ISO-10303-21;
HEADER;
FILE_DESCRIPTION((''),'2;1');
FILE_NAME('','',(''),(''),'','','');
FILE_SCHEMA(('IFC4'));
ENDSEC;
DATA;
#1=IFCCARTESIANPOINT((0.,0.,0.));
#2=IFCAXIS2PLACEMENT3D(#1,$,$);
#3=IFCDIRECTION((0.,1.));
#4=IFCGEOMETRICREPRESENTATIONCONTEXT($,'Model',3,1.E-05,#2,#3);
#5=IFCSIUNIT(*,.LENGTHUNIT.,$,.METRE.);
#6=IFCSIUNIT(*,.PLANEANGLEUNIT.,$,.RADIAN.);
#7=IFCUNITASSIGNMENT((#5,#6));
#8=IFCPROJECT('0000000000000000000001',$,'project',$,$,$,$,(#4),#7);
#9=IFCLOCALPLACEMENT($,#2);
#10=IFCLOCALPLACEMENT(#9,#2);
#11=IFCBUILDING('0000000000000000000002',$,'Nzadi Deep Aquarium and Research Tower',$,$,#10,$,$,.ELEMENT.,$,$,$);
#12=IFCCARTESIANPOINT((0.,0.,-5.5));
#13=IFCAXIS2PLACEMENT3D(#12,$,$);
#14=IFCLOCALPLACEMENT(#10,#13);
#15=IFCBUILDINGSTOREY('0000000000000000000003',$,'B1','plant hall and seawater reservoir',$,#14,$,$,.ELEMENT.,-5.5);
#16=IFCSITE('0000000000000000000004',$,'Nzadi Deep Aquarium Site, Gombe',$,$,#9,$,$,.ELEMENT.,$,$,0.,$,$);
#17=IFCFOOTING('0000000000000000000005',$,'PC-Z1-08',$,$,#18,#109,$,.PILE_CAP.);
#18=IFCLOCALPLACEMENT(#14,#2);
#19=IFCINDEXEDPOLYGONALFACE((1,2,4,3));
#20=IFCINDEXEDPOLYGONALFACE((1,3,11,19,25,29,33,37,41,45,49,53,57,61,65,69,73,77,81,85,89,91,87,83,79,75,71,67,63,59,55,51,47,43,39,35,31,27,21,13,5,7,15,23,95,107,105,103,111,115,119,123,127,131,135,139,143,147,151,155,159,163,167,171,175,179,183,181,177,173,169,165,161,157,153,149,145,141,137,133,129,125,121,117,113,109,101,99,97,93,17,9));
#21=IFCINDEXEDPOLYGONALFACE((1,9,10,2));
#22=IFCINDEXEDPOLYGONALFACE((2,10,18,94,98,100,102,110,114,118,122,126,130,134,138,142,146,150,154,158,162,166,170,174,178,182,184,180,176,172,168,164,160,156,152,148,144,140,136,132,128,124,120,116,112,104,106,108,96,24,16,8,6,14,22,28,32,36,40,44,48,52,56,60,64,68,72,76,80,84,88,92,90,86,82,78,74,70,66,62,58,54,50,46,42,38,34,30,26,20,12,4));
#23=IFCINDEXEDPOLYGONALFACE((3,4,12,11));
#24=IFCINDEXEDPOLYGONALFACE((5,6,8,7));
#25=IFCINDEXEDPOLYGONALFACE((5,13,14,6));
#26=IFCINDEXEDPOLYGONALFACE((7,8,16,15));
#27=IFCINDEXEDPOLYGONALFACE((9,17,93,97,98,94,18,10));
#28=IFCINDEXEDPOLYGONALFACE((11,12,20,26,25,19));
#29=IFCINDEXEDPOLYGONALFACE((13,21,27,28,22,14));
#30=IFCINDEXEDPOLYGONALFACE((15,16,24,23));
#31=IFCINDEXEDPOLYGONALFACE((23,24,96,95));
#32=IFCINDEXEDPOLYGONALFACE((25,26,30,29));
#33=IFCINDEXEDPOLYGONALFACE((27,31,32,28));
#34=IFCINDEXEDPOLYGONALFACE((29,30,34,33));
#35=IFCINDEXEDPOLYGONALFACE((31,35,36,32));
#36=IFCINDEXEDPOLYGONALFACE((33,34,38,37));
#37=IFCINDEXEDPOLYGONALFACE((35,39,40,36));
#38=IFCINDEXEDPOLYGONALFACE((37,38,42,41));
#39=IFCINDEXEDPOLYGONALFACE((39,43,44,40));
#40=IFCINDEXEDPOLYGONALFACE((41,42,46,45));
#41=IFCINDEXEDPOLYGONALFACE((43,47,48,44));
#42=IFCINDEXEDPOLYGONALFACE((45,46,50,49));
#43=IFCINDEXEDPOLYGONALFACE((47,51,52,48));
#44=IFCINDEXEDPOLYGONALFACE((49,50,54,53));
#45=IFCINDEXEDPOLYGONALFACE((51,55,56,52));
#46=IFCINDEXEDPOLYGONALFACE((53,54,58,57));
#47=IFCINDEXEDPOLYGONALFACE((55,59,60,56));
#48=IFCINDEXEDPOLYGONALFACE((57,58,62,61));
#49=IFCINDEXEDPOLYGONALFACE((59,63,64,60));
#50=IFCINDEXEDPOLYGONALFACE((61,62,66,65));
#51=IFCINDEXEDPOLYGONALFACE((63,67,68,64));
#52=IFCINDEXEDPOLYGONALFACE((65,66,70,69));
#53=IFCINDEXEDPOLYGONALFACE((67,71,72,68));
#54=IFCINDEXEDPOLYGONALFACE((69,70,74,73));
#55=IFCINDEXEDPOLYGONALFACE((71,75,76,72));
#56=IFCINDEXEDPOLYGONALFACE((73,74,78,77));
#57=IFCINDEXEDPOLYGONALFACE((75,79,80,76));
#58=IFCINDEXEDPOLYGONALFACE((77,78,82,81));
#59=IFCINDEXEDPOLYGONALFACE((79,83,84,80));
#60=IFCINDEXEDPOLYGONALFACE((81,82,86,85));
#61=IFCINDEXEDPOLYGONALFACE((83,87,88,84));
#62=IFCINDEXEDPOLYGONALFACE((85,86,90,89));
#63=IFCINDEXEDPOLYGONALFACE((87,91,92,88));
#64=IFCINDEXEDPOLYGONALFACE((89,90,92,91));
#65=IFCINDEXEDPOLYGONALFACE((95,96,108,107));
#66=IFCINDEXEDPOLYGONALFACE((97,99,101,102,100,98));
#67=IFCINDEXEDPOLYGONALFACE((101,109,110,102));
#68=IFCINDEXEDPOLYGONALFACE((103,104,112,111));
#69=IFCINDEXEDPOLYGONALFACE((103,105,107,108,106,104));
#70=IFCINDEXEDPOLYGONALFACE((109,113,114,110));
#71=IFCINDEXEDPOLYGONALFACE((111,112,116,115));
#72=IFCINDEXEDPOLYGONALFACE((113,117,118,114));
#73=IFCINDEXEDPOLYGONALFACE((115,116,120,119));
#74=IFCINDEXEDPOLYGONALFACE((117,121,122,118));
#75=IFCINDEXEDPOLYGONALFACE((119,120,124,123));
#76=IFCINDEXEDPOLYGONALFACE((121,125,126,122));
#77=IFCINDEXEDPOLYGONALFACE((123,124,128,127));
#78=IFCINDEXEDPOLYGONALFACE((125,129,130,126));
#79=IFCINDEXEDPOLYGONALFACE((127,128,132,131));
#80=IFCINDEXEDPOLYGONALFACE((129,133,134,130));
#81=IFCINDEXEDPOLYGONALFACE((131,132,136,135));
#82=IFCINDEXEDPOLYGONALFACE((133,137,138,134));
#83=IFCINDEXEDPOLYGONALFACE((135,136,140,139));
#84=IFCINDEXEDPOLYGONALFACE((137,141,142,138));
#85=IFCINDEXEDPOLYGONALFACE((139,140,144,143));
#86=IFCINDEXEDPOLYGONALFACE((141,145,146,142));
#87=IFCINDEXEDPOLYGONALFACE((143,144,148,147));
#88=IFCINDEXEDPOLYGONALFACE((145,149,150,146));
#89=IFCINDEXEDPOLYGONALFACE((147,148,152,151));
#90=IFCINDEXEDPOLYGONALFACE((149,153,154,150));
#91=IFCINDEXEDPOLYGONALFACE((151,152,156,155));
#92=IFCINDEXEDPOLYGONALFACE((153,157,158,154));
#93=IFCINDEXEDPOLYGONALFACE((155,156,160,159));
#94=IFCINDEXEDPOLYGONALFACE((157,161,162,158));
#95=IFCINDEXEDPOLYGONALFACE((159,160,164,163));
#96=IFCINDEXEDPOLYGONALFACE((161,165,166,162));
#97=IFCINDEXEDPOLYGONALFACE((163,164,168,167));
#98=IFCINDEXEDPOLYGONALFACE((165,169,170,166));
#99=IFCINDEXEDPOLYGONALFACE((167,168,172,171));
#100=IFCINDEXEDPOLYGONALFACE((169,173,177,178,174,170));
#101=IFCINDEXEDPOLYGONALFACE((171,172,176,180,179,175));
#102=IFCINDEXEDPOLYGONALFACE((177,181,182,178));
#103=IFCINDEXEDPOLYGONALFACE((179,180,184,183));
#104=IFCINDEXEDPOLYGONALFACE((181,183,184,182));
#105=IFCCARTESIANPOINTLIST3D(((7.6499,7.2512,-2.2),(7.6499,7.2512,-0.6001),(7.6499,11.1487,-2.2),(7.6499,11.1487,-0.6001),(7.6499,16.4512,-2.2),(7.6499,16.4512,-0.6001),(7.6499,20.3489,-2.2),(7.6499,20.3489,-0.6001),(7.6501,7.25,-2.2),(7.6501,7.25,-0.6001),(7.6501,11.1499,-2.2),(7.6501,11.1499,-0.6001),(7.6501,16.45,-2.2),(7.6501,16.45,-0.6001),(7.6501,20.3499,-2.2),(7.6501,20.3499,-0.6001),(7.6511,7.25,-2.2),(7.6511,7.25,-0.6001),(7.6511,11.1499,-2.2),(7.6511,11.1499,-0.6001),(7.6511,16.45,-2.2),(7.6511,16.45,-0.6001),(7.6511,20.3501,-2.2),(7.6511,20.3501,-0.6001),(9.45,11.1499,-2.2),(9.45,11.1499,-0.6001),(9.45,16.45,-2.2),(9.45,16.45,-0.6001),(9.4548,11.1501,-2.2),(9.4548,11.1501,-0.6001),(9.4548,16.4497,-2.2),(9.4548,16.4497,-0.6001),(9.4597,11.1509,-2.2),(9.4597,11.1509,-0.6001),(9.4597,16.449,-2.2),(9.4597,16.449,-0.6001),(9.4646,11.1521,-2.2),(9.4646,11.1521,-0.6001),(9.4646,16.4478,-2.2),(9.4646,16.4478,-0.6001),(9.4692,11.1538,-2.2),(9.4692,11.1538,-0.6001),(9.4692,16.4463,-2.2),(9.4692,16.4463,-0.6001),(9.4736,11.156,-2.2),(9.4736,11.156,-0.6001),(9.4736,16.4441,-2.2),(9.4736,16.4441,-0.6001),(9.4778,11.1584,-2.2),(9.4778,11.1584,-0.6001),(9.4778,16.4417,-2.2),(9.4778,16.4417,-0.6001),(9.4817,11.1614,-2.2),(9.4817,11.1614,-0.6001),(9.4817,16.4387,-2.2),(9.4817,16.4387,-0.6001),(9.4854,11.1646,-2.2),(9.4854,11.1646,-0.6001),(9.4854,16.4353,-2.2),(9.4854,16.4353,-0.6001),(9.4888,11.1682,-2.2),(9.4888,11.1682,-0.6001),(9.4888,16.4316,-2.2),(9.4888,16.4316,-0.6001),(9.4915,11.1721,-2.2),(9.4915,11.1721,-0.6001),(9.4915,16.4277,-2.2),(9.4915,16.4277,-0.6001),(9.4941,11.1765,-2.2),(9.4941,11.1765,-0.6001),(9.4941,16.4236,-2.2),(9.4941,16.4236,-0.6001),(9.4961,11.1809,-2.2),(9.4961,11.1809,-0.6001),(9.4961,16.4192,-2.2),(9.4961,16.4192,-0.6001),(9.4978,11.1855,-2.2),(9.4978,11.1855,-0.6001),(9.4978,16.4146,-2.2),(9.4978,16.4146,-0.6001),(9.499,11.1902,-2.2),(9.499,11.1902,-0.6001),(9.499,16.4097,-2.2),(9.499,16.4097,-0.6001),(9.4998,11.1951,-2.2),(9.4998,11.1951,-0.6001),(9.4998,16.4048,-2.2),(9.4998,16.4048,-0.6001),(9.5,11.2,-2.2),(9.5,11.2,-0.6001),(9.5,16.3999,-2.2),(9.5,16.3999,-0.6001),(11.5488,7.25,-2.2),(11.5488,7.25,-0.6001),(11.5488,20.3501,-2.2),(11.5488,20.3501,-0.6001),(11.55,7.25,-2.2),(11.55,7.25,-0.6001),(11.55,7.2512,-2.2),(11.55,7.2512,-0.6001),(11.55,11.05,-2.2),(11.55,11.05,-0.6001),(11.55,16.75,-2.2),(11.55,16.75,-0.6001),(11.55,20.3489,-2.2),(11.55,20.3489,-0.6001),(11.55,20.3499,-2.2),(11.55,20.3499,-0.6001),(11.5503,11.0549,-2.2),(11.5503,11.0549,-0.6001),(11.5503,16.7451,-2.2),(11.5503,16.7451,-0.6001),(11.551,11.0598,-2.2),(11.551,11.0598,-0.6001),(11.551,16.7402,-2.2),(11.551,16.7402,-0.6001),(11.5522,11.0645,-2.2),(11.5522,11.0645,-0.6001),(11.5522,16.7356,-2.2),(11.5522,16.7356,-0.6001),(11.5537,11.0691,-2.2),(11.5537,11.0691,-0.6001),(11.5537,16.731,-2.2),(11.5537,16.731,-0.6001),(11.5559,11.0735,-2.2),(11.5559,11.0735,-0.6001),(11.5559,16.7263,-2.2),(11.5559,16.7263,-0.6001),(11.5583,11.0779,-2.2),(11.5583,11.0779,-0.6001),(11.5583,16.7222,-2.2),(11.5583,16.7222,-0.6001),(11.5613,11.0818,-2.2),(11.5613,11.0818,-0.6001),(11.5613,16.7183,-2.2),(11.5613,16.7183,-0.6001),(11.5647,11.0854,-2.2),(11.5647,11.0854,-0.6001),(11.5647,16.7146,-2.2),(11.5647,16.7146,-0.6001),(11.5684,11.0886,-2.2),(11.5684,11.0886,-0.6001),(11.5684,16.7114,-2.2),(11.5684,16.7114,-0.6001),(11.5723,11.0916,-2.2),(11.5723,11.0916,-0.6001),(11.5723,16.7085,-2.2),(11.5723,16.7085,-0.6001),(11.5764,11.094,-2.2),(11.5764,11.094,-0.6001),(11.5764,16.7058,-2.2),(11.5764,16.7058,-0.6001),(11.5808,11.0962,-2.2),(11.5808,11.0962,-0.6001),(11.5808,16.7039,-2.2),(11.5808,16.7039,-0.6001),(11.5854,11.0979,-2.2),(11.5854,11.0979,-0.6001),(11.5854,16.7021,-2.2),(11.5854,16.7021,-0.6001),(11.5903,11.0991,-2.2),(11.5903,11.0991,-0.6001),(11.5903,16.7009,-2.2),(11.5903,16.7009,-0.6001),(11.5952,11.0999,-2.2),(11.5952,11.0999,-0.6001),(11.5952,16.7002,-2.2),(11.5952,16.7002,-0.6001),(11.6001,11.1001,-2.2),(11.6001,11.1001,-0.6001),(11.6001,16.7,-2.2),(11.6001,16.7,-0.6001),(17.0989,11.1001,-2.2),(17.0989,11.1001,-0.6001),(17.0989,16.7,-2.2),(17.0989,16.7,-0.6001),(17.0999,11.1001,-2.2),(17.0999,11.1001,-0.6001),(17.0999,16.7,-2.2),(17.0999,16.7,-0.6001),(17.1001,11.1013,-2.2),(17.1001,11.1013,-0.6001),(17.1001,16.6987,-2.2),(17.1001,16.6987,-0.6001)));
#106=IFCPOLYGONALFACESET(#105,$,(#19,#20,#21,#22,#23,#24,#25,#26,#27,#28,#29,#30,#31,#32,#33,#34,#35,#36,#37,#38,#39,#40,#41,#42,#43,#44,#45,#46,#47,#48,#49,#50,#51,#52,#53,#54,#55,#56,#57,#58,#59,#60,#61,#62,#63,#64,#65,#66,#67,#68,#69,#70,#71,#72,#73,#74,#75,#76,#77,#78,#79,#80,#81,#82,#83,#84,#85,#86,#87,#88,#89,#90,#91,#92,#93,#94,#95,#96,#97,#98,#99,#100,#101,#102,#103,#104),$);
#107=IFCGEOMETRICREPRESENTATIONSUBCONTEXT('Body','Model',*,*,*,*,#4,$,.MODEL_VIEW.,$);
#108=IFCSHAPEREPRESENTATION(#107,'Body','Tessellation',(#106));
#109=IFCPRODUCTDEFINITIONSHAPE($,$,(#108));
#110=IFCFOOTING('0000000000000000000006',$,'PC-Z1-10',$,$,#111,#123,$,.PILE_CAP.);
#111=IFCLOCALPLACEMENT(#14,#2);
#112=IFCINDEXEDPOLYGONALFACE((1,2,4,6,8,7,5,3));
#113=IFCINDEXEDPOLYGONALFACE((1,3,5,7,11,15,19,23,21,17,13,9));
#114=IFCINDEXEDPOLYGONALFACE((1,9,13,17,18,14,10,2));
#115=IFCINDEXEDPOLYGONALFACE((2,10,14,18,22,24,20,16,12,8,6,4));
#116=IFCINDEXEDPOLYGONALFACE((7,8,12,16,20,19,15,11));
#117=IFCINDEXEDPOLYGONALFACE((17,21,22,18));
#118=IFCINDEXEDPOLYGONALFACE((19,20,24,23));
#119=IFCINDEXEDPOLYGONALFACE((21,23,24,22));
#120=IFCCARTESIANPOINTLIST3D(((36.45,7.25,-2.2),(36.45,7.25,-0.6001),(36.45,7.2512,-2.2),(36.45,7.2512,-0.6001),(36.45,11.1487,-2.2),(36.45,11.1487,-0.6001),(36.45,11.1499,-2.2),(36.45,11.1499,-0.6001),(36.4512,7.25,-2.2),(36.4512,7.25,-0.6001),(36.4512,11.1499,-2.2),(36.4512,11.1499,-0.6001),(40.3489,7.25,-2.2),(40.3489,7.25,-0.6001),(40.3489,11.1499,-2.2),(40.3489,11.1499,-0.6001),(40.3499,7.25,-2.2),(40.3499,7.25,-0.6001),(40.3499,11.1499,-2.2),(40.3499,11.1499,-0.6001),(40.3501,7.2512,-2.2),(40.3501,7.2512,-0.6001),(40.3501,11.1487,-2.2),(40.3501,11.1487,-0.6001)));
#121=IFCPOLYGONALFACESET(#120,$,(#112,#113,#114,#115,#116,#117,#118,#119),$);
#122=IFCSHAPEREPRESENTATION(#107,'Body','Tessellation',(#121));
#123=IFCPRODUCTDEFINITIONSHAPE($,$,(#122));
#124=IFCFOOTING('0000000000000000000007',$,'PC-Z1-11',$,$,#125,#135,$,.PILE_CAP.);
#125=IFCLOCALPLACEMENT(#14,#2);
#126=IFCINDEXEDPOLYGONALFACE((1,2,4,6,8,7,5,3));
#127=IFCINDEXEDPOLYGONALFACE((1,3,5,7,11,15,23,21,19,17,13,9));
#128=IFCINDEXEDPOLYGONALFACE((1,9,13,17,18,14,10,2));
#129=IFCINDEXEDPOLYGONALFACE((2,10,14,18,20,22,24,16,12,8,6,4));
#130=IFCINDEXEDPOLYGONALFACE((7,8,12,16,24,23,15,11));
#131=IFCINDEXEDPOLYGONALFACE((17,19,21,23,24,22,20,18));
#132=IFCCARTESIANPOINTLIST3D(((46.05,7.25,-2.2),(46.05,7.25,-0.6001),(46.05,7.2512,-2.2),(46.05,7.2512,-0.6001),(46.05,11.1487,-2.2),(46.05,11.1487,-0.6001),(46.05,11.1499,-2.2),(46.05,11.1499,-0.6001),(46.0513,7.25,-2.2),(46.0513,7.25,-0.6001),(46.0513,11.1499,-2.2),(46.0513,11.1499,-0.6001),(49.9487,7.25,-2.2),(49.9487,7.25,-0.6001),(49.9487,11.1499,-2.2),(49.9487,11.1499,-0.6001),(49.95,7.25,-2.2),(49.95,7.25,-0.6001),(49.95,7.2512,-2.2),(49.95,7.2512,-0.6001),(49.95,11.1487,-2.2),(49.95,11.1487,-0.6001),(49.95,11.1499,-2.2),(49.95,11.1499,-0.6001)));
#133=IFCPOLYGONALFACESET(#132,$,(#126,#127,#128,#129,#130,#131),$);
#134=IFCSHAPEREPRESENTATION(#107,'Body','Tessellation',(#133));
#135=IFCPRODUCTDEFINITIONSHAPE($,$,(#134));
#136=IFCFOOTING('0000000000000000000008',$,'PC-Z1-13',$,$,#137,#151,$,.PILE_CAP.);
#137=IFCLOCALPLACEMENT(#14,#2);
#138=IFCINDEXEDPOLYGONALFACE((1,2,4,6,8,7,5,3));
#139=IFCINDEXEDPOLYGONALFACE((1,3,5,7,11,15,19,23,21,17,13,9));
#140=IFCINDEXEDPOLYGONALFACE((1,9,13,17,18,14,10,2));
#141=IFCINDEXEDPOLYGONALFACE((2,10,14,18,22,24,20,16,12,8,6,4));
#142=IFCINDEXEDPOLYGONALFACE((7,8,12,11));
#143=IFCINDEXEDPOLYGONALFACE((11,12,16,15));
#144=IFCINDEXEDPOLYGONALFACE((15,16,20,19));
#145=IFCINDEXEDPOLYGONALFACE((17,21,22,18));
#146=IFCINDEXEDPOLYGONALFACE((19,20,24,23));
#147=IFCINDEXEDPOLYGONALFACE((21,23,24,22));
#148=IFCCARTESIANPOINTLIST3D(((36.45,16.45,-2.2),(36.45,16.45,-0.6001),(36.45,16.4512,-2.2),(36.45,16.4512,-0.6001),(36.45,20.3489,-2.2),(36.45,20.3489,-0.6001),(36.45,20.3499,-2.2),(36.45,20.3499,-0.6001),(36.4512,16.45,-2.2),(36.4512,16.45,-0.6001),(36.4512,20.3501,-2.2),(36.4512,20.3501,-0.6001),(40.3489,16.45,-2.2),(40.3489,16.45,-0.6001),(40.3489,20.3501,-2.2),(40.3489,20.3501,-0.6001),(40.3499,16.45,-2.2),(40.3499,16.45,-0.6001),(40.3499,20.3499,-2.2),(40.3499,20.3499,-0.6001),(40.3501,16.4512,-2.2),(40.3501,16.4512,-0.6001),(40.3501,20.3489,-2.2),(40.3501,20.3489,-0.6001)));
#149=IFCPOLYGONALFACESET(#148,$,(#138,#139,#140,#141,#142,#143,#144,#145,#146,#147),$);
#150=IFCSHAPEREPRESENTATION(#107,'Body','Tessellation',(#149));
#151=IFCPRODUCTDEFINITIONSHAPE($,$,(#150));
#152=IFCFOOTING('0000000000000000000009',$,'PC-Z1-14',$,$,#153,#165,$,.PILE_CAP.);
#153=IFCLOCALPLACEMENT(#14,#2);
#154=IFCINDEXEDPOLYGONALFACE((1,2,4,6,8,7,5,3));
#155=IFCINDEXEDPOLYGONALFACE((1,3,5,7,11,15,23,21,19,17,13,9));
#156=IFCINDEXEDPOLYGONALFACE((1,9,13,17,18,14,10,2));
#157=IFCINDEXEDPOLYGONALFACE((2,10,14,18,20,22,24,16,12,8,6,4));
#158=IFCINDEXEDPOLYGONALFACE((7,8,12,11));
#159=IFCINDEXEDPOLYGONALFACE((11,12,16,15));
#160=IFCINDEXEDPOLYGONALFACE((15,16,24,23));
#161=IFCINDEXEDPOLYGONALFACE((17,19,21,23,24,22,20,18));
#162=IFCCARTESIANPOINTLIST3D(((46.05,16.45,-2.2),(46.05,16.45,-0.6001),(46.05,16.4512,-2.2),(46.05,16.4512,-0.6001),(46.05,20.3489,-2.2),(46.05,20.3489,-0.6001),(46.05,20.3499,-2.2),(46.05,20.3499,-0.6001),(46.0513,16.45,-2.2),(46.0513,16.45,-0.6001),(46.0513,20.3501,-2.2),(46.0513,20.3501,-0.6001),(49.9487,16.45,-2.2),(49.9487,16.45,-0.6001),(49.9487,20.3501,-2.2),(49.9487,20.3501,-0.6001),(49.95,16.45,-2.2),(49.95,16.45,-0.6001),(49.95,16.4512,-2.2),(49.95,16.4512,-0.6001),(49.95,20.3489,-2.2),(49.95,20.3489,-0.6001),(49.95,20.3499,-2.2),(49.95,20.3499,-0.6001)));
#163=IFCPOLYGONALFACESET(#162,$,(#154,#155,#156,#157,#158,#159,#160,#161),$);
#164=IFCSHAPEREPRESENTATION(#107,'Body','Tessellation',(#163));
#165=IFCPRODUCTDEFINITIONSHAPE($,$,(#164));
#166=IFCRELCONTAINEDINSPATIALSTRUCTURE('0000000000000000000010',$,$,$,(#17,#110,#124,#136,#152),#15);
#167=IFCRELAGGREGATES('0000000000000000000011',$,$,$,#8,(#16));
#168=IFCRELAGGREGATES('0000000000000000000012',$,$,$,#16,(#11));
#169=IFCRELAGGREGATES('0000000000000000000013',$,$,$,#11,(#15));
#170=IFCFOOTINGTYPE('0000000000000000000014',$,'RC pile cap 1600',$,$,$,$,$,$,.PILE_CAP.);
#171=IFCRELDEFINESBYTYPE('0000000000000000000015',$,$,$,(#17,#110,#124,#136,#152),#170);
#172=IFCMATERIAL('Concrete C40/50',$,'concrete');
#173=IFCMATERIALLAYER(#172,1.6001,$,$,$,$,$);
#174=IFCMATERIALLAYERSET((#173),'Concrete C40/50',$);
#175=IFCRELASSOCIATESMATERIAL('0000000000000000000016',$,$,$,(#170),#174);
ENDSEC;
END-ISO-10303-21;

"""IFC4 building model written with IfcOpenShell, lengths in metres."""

from ifc_helpers import new_model, si_unit, direction, frame, origin, place, context, subcontext, project, spatial, polyline, outline, extrude, material, layer, layer_set, type_object, element, save


model = new_model("IFC4")

# Units and contexts
model_context = context("Model", 3, precision=1e-05, world=origin(), true_north=direction((0.0, 1.0)))
body_context = subcontext(model_context, "Body", "Model", "MODEL_VIEW")
ifc_project = project(units=[si_unit("LENGTHUNIT", "METRE"), si_unit("PLANEANGLEUNIT", "RADIAN")], contexts=[model_context])

# Site, building, storey
site_placement = place(None, origin())
site = spatial("IfcSite", under=ifc_project, at=site_placement, Name="Nzadi Deep Aquarium Site, Gombe", CompositionType="ELEMENT", RefElevation=0.0)
building_placement = place(site_placement, origin())
building = spatial("IfcBuilding", under=site, at=building_placement, Name="Nzadi Deep Aquarium and Research Tower", CompositionType="ELEMENT")
storey_placement = place(building_placement, frame((0.0, 0.0, -5.5)))
storey = spatial("IfcBuildingStorey", under=building, at=storey_placement, Name="B1", Description="plant hall and seawater reservoir", CompositionType="ELEMENT", Elevation=-5.5)

# Footings
ifc_material_1 = material(Name="Concrete C40/50", Category="concrete")
ifc_layer_1 = layer(ifc_material_1, 1.6001)
ifc_layer_set_1 = layer_set([ifc_layer_1], Name="Concrete C40/50")
footing_type_1 = type_object("IfcFootingType", Name="RC pile cap 1600", PredefinedType="PILE_CAP", material=ifc_layer_set_1)
footing_1_placement = place(storey_placement, frame((0.0, 0.0, -2.2)))
element("IfcFooting", 1, at=footing_1_placement, inside=storey, type_object=footing_type_1, Name="PC-Z1-08", PredefinedType="PILE_CAP", context=body_context, shape_type="SweptSolid", body=[
    extrude(outline(polyline([(7.6499, 11.1487), (7.6499, 7.2512), (7.6501, 7.25), (7.6511, 7.25), (11.5488, 7.25), (11.55, 7.25), (11.55, 7.2512), (11.55, 11.05), (11.5503, 11.0549), (11.551, 11.0598), (11.5522, 11.0645), (11.5537, 11.0691), (11.5559, 11.0735), (11.5583, 11.0779), (11.5613, 11.0818), (11.5647, 11.0854), (11.5684, 11.0886), (11.5723, 11.0916), (11.5764, 11.094), (11.5808, 11.0962), (11.5854, 11.0979), (11.5903, 11.0991), (11.5952, 11.0999), (11.6001, 11.1001), (17.0989, 11.1001), (17.0999, 11.1001), (17.1001, 11.1013), (17.1001, 16.6987), (17.0999, 16.7), (17.0989, 16.7), (11.6001, 16.7), (11.5952, 16.7002), (11.5903, 16.7009), (11.5854, 16.7021), (11.5808, 16.7039), (11.5764, 16.7058), (11.5723, 16.7085), (11.5684, 16.7114), (11.5647, 16.7146), (11.5613, 16.7183), (11.5583, 16.7222), (11.5559, 16.7263), (11.5537, 16.731), (11.5522, 16.7356), (11.551, 16.7402), (11.5503, 16.7451), (11.55, 16.75), (11.55, 20.3489), (11.55, 20.3499), (11.5488, 20.3501), (7.6511, 20.3501), (7.6501, 20.3499), (7.6499, 20.3489), (7.6499, 16.4512), (7.6501, 16.45), (7.6511, 16.45), (9.45, 16.45), (9.4548, 16.4497), (9.4597, 16.449), (9.4646, 16.4478), (9.4692, 16.4463), (9.4736, 16.4441), (9.4778, 16.4417), (9.4817, 16.4387), (9.4854, 16.4353), (9.4888, 16.4316), (9.4915, 16.4277), (9.4941, 16.4236), (9.4961, 16.4192), (9.4978, 16.4146), (9.499, 16.4097), (9.4998, 16.4048), (9.5, 16.3999), (9.5, 11.2), (9.4998, 11.1951), (9.499, 11.1902), (9.4978, 11.1855), (9.4961, 11.1809), (9.4941, 11.1765), (9.4915, 11.1721), (9.4888, 11.1682), (9.4854, 11.1646), (9.4817, 11.1614), (9.4778, 11.1584), (9.4736, 11.156), (9.4692, 11.1538), (9.4646, 11.1521), (9.4597, 11.1509), (9.4548, 11.1501), (9.45, 11.1499), (7.6511, 11.1499), (7.6501, 11.1499), (7.6499, 11.1487)])), origin(), (0.0, 0.0, 1.0), 1.5999),
])
footing_2_placement = place(storey_placement, frame((0.0, 0.0, -2.2)))
element("IfcFooting", 2, at=footing_2_placement, inside=storey, type_object=footing_type_1, Name="PC-Z1-10", PredefinedType="PILE_CAP", context=body_context, shape_type="SweptSolid", body=[
    extrude(outline(polyline([(36.45, 11.1487), (36.45, 7.2512), (36.45, 7.25), (36.4512, 7.25), (40.3489, 7.25), (40.3499, 7.25), (40.3501, 7.2512), (40.3501, 11.1487), (40.3499, 11.1499), (40.3489, 11.1499), (36.4512, 11.1499), (36.45, 11.1499), (36.45, 11.1487)])), origin(), (0.0, 0.0, 1.0), 1.5999),
])
footing_3_placement = place(storey_placement, frame((0.0, 0.0, -2.2)))
element("IfcFooting", 3, at=footing_3_placement, inside=storey, type_object=footing_type_1, Name="PC-Z1-11", PredefinedType="PILE_CAP", context=body_context, shape_type="SweptSolid", body=[
    extrude(outline(polyline([(46.05, 11.1487), (46.05, 7.2512), (46.05, 7.25), (46.0513, 7.25), (49.9487, 7.25), (49.95, 7.25), (49.95, 7.2512), (49.95, 11.1487), (49.95, 11.1499), (49.9487, 11.1499), (46.0513, 11.1499), (46.05, 11.1499), (46.05, 11.1487)])), origin(), (0.0, 0.0, 1.0), 1.5999),
])
footing_4_placement = place(storey_placement, frame((0.0, 0.0, -2.2)))
element("IfcFooting", 4, at=footing_4_placement, inside=storey, type_object=footing_type_1, Name="PC-Z1-13", PredefinedType="PILE_CAP", context=body_context, shape_type="SweptSolid", body=[
    extrude(outline(polyline([(36.45, 20.3489), (36.45, 16.4512), (36.45, 16.45), (36.4512, 16.45), (40.3489, 16.45), (40.3499, 16.45), (40.3501, 16.4512), (40.3501, 20.3489), (40.3499, 20.3499), (40.3489, 20.3501), (36.4512, 20.3501), (36.45, 20.3499), (36.45, 20.3489)])), origin(), (0.0, 0.0, 1.0), 1.5999),
])
footing_5_placement = place(storey_placement, frame((0.0, 0.0, -2.2)))
element("IfcFooting", 5, at=footing_5_placement, inside=storey, type_object=footing_type_1, Name="PC-Z1-14", PredefinedType="PILE_CAP", context=body_context, shape_type="SweptSolid", body=[
    extrude(outline(polyline([(46.05, 20.3489), (46.05, 16.4512), (46.05, 16.45), (46.0513, 16.45), (49.9487, 16.45), (49.95, 16.45), (49.95, 16.4512), (49.95, 20.3489), (49.95, 20.3499), (49.9487, 20.3501), (46.0513, 20.3501), (46.05, 20.3499), (46.05, 20.3489)])), origin(), (0.0, 0.0, 1.0), 1.5999),
])

save(model, "model.ifc")
